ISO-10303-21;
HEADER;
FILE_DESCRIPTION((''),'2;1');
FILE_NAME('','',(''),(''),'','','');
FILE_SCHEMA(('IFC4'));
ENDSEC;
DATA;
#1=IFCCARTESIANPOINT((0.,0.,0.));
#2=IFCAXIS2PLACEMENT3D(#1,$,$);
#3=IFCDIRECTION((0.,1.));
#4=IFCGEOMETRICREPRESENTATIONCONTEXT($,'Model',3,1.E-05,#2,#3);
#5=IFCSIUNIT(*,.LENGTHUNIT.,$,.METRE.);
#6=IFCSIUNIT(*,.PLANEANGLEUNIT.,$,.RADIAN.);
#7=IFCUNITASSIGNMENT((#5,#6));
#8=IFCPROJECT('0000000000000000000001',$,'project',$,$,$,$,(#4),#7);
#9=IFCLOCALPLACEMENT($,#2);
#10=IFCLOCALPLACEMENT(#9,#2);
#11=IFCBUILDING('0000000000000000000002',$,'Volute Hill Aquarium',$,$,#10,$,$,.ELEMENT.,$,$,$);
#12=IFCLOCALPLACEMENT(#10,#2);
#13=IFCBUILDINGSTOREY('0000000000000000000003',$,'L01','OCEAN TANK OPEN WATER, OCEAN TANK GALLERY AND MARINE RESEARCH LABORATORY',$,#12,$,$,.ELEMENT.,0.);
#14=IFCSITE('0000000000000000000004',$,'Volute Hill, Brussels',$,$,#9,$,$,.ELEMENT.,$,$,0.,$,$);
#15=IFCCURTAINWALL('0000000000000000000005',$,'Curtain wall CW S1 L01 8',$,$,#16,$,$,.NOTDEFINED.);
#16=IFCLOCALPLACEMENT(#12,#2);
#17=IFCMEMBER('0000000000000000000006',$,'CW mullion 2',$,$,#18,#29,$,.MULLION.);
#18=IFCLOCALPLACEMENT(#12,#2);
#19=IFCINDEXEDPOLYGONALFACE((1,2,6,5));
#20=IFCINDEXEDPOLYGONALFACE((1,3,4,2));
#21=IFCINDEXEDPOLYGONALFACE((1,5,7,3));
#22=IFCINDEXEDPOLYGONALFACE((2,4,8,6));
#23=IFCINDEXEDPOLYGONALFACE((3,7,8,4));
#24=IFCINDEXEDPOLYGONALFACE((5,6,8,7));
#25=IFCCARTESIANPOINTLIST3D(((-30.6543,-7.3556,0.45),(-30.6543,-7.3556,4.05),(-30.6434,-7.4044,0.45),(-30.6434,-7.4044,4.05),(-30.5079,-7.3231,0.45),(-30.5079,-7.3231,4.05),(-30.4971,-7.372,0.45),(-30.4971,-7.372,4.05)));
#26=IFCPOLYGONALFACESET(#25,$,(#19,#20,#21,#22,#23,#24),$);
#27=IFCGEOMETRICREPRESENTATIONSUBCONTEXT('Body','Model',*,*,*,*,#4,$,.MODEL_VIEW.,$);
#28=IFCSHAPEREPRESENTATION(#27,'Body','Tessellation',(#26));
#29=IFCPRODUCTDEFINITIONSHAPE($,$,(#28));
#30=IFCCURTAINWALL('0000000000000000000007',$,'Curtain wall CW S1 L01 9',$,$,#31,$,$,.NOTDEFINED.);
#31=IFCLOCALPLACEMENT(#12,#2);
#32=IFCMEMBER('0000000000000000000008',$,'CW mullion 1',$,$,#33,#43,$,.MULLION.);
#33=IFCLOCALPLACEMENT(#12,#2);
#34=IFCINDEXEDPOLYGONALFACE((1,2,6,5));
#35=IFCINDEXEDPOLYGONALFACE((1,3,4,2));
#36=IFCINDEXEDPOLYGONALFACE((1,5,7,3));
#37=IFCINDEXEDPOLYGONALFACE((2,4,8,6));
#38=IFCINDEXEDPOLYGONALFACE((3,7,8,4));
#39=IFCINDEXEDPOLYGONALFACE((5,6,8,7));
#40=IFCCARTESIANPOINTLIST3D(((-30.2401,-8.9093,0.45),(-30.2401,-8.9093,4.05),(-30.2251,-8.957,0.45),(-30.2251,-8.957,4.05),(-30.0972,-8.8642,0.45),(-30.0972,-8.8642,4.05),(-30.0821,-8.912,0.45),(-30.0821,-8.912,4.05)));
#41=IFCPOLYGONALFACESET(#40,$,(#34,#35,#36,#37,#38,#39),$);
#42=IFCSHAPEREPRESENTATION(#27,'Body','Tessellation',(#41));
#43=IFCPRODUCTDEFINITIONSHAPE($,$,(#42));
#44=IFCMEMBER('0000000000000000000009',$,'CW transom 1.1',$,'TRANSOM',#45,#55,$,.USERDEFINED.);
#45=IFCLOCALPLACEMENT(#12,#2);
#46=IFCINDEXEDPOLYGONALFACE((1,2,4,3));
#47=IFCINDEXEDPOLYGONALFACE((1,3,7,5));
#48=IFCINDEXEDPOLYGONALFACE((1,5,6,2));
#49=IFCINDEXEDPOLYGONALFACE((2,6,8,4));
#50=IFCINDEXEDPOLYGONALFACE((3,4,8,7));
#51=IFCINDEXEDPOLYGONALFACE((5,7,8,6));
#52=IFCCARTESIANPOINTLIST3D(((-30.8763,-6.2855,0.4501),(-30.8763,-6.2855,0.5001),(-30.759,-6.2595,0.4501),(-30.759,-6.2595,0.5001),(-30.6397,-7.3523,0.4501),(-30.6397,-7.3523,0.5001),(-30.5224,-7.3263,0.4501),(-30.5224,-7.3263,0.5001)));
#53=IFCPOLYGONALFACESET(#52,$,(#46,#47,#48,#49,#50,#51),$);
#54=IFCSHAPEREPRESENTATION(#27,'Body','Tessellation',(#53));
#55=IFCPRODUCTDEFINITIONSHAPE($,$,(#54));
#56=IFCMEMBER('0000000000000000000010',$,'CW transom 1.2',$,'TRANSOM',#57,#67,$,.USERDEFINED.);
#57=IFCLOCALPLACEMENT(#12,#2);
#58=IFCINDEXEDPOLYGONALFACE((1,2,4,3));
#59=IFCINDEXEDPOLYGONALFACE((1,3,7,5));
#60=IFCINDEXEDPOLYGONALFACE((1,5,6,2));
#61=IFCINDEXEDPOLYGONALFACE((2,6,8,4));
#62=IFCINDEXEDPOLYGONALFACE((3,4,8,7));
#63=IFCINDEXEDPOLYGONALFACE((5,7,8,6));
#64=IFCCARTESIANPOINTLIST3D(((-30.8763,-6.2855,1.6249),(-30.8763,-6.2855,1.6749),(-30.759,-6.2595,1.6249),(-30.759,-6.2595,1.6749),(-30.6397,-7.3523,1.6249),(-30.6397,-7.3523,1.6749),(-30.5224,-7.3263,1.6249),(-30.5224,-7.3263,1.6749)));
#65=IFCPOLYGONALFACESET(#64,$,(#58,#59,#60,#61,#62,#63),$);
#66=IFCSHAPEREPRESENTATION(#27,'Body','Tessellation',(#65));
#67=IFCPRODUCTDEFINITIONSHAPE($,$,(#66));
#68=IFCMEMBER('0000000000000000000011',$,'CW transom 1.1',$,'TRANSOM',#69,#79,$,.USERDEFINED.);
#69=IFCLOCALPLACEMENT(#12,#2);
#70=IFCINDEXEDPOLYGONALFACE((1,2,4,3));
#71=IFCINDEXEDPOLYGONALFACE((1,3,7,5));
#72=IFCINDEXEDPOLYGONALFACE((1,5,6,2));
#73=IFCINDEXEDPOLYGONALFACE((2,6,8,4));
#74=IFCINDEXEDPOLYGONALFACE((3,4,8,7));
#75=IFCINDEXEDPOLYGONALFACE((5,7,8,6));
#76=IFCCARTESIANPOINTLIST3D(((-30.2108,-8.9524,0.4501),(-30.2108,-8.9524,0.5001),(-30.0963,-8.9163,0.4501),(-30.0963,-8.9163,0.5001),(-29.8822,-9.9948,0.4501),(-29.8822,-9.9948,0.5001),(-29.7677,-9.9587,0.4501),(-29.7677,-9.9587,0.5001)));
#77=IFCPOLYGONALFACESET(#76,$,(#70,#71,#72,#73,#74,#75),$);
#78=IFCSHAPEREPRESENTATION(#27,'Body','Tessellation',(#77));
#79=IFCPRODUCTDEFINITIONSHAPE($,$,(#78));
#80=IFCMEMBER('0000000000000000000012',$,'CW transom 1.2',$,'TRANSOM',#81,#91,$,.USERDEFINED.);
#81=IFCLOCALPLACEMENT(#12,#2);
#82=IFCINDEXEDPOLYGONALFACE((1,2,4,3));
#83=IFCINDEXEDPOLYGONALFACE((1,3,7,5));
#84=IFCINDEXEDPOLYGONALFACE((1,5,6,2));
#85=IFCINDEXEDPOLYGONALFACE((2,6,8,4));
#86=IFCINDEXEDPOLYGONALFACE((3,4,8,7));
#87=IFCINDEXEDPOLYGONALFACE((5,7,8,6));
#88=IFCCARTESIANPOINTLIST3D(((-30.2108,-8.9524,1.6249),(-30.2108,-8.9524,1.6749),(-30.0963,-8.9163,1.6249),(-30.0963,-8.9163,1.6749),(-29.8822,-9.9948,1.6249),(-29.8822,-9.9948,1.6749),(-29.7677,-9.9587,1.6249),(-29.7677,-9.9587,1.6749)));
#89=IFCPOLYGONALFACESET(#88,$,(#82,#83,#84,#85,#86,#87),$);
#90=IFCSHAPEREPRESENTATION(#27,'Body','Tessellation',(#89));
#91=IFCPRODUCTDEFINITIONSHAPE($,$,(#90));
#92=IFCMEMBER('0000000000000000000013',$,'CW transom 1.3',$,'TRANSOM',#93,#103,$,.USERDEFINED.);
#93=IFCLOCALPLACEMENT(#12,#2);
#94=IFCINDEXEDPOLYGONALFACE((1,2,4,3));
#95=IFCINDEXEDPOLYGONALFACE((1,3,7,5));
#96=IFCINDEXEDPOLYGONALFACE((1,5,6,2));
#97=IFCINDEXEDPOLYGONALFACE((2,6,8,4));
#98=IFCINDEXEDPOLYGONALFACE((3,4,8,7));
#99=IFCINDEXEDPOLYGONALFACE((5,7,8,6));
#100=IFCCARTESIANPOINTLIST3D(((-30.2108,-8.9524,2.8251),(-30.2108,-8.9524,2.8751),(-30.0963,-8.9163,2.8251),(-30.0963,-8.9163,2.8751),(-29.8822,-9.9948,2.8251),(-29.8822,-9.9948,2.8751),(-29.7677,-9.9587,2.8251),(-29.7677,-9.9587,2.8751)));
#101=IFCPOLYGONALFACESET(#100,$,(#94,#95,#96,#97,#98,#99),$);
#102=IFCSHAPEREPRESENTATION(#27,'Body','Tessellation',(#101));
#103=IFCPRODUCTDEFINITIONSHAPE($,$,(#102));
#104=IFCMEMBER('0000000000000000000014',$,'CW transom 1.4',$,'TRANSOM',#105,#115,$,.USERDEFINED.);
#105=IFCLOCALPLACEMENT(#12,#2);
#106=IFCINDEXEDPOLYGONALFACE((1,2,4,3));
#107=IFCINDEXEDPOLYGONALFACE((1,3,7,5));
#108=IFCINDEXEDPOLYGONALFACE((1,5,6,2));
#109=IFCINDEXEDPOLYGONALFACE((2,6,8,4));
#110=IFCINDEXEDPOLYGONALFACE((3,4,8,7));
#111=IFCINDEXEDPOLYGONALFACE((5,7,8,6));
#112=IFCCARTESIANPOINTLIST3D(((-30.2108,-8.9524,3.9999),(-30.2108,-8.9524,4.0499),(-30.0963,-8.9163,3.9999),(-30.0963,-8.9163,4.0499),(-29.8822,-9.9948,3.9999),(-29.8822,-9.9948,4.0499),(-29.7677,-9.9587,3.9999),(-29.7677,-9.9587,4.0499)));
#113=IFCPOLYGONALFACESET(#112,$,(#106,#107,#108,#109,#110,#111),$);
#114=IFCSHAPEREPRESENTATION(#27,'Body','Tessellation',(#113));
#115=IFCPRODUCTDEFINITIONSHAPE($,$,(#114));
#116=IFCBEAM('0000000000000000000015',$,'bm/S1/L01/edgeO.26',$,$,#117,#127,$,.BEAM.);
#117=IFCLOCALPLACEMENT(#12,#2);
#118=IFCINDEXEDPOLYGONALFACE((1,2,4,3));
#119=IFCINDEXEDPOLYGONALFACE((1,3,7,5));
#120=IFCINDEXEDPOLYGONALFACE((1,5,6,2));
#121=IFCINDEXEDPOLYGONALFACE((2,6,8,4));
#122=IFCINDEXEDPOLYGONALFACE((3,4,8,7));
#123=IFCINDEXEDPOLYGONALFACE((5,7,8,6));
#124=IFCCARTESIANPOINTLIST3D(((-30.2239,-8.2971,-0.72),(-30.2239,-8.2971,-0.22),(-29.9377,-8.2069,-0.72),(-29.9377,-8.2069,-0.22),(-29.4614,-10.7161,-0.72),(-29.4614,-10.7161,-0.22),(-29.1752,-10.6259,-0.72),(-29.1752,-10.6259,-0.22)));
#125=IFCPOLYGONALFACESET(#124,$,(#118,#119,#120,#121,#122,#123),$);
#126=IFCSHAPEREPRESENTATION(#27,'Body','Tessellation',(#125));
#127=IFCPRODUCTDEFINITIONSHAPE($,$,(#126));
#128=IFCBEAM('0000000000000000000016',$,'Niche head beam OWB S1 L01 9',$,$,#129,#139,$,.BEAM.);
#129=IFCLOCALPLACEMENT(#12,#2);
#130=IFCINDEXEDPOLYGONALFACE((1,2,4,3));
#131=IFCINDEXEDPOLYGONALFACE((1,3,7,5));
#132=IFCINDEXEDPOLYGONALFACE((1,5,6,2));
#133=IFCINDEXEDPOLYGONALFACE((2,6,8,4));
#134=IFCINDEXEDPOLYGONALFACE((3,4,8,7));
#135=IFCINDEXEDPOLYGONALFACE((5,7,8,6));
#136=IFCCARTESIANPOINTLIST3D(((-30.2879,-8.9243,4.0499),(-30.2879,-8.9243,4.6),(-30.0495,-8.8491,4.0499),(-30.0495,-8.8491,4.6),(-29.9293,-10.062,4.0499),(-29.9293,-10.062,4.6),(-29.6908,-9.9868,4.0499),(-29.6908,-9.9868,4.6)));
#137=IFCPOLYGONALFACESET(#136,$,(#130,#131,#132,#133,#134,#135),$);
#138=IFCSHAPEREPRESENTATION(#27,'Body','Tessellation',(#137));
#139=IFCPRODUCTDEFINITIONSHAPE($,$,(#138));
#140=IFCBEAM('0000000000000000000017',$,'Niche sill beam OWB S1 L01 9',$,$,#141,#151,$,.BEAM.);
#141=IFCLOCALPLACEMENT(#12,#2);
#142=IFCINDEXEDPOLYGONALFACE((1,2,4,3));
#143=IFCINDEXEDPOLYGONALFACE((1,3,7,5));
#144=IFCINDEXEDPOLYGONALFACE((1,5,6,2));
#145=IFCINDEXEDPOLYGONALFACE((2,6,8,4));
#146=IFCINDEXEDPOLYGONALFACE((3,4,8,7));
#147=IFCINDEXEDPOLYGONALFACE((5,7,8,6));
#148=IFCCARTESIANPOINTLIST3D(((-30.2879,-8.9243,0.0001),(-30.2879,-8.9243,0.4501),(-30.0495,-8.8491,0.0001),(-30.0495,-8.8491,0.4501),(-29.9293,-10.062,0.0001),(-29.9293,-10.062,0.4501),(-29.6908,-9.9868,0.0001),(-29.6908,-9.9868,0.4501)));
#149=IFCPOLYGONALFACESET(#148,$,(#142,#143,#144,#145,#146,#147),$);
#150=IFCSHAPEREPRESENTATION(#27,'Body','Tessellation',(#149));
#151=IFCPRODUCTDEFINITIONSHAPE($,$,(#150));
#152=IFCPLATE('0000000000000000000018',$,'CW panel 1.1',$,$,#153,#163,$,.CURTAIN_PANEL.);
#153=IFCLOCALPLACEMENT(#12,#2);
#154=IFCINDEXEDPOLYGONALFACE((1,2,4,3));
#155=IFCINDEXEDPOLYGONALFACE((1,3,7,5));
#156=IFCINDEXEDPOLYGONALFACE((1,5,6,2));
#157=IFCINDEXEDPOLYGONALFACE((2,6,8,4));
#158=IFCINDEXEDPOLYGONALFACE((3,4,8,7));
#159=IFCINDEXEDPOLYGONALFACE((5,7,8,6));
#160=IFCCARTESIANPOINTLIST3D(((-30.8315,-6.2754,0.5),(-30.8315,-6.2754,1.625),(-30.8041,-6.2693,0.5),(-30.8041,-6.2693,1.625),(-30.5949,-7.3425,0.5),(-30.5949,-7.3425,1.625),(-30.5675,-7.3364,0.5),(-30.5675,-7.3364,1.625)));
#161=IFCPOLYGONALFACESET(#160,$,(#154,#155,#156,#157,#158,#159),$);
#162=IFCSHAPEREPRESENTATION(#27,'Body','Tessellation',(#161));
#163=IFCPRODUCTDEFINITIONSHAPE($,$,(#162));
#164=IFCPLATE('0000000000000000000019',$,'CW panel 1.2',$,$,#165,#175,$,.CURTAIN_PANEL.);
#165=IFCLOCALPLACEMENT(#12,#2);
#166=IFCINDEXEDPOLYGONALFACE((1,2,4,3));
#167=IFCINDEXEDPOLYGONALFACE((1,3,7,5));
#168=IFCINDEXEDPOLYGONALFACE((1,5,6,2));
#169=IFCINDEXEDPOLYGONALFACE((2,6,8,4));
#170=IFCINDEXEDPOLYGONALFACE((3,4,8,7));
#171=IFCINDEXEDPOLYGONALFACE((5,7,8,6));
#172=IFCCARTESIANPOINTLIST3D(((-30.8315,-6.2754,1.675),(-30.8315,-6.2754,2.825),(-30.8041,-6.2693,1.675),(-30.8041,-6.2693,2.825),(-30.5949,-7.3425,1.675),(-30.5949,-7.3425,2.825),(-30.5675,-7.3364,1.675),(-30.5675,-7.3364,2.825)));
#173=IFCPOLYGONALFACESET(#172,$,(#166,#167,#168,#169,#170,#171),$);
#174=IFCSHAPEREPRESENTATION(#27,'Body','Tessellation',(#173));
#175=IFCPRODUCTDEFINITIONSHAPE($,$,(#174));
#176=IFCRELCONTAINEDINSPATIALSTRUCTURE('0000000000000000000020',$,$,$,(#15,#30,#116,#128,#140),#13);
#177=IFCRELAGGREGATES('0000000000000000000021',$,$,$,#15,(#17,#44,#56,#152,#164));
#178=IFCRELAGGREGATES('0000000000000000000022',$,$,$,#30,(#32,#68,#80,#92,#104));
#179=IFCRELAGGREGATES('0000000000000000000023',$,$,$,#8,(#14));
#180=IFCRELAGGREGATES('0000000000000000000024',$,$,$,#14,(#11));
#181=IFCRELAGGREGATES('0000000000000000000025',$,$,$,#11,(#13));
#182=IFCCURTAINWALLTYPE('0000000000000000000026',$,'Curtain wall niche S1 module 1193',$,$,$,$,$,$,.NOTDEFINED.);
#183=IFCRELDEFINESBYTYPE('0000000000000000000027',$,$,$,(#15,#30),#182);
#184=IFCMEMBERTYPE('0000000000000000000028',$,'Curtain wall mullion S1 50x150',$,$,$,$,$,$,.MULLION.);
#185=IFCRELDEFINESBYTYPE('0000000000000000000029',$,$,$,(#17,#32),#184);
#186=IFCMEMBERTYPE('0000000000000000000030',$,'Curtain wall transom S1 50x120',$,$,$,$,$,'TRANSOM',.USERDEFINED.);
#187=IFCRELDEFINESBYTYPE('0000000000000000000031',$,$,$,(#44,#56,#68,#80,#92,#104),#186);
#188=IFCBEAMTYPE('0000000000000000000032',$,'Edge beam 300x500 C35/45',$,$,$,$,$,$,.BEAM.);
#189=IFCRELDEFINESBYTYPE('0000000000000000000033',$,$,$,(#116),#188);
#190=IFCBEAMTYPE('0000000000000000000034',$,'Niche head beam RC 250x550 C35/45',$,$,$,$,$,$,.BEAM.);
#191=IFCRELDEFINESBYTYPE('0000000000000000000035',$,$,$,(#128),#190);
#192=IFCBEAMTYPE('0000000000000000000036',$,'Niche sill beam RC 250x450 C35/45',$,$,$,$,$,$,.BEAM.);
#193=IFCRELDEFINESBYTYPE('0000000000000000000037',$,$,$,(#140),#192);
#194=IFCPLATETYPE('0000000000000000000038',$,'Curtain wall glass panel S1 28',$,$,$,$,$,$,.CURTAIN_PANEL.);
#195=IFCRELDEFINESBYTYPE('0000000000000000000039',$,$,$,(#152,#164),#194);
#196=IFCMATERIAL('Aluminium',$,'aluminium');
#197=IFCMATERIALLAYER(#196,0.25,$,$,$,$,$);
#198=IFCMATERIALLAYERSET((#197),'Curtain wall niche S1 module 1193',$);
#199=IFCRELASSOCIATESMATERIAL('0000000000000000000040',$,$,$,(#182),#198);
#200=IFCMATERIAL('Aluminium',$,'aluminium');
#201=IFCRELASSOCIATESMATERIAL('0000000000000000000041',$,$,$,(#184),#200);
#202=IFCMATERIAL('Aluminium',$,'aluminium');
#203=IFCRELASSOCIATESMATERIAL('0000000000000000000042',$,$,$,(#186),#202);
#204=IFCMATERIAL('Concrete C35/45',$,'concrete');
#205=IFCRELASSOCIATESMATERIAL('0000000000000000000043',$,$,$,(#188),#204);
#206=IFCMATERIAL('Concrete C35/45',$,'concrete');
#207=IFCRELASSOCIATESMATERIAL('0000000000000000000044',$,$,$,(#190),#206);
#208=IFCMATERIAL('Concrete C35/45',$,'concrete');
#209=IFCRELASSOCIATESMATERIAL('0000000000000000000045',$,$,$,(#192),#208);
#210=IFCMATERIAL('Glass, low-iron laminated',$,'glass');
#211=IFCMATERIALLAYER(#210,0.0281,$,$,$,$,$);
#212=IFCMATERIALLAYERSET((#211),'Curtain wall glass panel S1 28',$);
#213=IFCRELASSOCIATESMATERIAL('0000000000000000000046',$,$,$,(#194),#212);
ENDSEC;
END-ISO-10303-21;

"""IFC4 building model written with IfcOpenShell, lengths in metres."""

from ifc_helpers import new_model, si_unit, direction, frame, origin, origin_2d, place, context, subcontext, project, spatial, rectangle, extrude, material, layer, layer_set, material_profile, profile_set, type_object, element, aggregate, save


model = new_model("IFC4")

# Units and contexts
model_context = context("Model", 3, precision=1e-05, world=origin(), true_north=direction((0.0, 1.0)))
body_context = subcontext(model_context, "Body", "Model", "MODEL_VIEW")
ifc_project = project(units=[si_unit("LENGTHUNIT", "METRE"), si_unit("PLANEANGLEUNIT", "RADIAN")], contexts=[model_context])

# Site, building, storey
site_placement = place(None, origin())
site = spatial("IfcSite", under=ifc_project, at=site_placement, Name="Volute Hill, Brussels", CompositionType="ELEMENT", RefElevation=0.0)
building_placement = place(site_placement, origin())
building = spatial("IfcBuilding", under=site, at=building_placement, Name="Volute Hill Aquarium", CompositionType="ELEMENT")
storey_placement = place(building_placement, origin())
storey = spatial("IfcBuildingStorey", under=building, at=storey_placement, Name="L01", Description="OCEAN TANK OPEN WATER, OCEAN TANK GALLERY AND MARINE RESEARCH LABORATORY", CompositionType="ELEMENT", Elevation=0.0)

# Curtain walls, members
ifc_material_1 = material(Name="Aluminium", Category="aluminium")
ifc_layer_1 = layer(ifc_material_1, 0.25)
ifc_layer_set_1 = layer_set([ifc_layer_1], Name="Curtain wall niche S1 module 1193")
curtain_wall_type = type_object("IfcCurtainWallType", Name="Curtain wall niche S1 module 1193", PredefinedType="NOTDEFINED", material=ifc_layer_set_1)
curtain_wall_1_placement = place(storey_placement, origin())
curtain_wall_1 = element("IfcCurtainWall", 1, at=curtain_wall_1_placement, inside=storey, type_object=curtain_wall_type, Name="Curtain wall CW S1 L01 8", PredefinedType="NOTDEFINED")
ifc_material_2 = material(Name="Aluminium", Category="aluminium")
ifc_material_profile_1 = material_profile(ifc_material_2, rectangle(XDim=0.1499, YDim=0.05, at=origin_2d()), Name="Curtain wall mullion S1 50x150")
ifc_profile_set_1 = profile_set([ifc_material_profile_1], Name="Aluminium")
member_type_1 = type_object("IfcMemberType", Name="Curtain wall mullion S1 50x150", PredefinedType="MULLION", material=ifc_profile_set_1)
member_1_placement = place(storey_placement, frame((-30.5757, -7.3638, 0.45), z_axis=(0.0, 0.0, 1.0), x_axis=(0.976292, 0.216456, 0.0)))
member_1 = element("IfcMember", 2, at=member_1_placement, type_object=member_type_1, Name="CW mullion 2", PredefinedType="MULLION", context=body_context, shape_type="SweptSolid", body=[
    extrude(rectangle(XDim=0.1499, YDim=0.05, at=origin_2d()), origin(), (0.0, 0.0, 1.0), 3.6001),
])
curtain_wall_2_placement = place(storey_placement, origin())
curtain_wall_2 = element("IfcCurtainWall", 3, at=curtain_wall_2_placement, inside=storey, type_object=curtain_wall_type, Name="Curtain wall CW S1 L01 9", PredefinedType="NOTDEFINED")
member_2_placement = place(storey_placement, frame((-30.1611, -8.9106, 0.45), z_axis=(0.0, 0.0, 1.0), x_axis=(0.953719, 0.3007, 0.0)))
member_2 = element("IfcMember", 4, at=member_2_placement, type_object=member_type_1, Name="CW mullion 1", PredefinedType="MULLION", context=body_context, shape_type="SweptSolid", body=[
    extrude(rectangle(XDim=0.1499, YDim=0.05, at=origin_2d()), origin(), (0.0, 0.0, 1.0), 3.6001),
])

# Members
ifc_material_3 = material(Name="Aluminium", Category="aluminium")
ifc_material_profile_2 = material_profile(ifc_material_3, rectangle(XDim=0.1201, YDim=0.05, at=origin_2d()), Name="Curtain wall transom S1 50x120")
ifc_profile_set_2 = profile_set([ifc_material_profile_2], Name="Aluminium")
member_type_2 = type_object("IfcMemberType", Name="Curtain wall transom S1 50x120", ElementType="TRANSOM", PredefinedType="USERDEFINED", material=ifc_profile_set_2)
member_3_placement = place(storey_placement, frame((-30.8176, -6.2725, 0.4751), z_axis=(0.216481, -0.976287, 0.0), x_axis=(0.976287, 0.216481, 0.0)))
member_3 = element("IfcMember", 5, at=member_3_placement, type_object=member_type_2, Name="CW transom 1.1", ObjectType="TRANSOM", PredefinedType="USERDEFINED", context=body_context, shape_type="SweptSolid", body=[
    extrude(rectangle(XDim=0.1201, YDim=0.05, at=origin_2d()), origin(), (0.0, 0.0, 1.0), 1.0928),
])
member_4_placement = place(storey_placement, frame((-30.8176, -6.2725, 1.6499), z_axis=(0.216481, -0.976287, 0.0), x_axis=(0.976287, 0.216481, 0.0)))
member_4 = element("IfcMember", 6, at=member_4_placement, type_object=member_type_2, Name="CW transom 1.2", ObjectType="TRANSOM", PredefinedType="USERDEFINED", context=body_context, shape_type="SweptSolid", body=[
    extrude(rectangle(XDim=0.1201, YDim=0.05, at=origin_2d()), origin(), (0.0, 0.0, 1.0), 1.0928),
])
member_5_placement = place(storey_placement, frame((-30.1536, -8.9343, 0.4751), z_axis=(0.30064, -0.953738, 0.0), x_axis=(0.953738, 0.30064, 0.0)))
member_5 = element("IfcMember", 7, at=member_5_placement, type_object=member_type_2, Name="CW transom 1.1", ObjectType="TRANSOM", PredefinedType="USERDEFINED", context=body_context, shape_type="SweptSolid", body=[
    extrude(rectangle(XDim=0.1201, YDim=0.05, at=origin_2d()), origin(), (0.0, 0.0, 1.0), 1.093),
])
member_6_placement = place(storey_placement, frame((-30.1536, -8.9343, 1.6499), z_axis=(0.30064, -0.953738, 0.0), x_axis=(0.953738, 0.30064, 0.0)))
member_6 = element("IfcMember", 8, at=member_6_placement, type_object=member_type_2, Name="CW transom 1.2", ObjectType="TRANSOM", PredefinedType="USERDEFINED", context=body_context, shape_type="SweptSolid", body=[
    extrude(rectangle(XDim=0.1201, YDim=0.05, at=origin_2d()), origin(), (0.0, 0.0, 1.0), 1.093),
])
member_7_placement = place(storey_placement, frame((-30.1536, -8.9343, 2.8501), z_axis=(0.30064, -0.953738, 0.0), x_axis=(0.953738, 0.30064, 0.0)))
member_7 = element("IfcMember", 9, at=member_7_placement, type_object=member_type_2, Name="CW transom 1.3", ObjectType="TRANSOM", PredefinedType="USERDEFINED", context=body_context, shape_type="SweptSolid", body=[
    extrude(rectangle(XDim=0.1201, YDim=0.05, at=origin_2d()), origin(), (0.0, 0.0, 1.0), 1.093),
])
member_8_placement = place(storey_placement, frame((-30.1536, -8.9343, 4.0249), z_axis=(0.30064, -0.953738, 0.0), x_axis=(0.953738, 0.30064, 0.0)))
member_8 = element("IfcMember", 10, at=member_8_placement, type_object=member_type_2, Name="CW transom 1.4", ObjectType="TRANSOM", PredefinedType="USERDEFINED", context=body_context, shape_type="SweptSolid", body=[
    extrude(rectangle(XDim=0.1201, YDim=0.05, at=origin_2d()), origin(), (0.0, 0.0, 1.0), 1.093),
])

# Beams
ifc_material_4 = material(Name="Concrete C35/45", Category="concrete")
ifc_material_profile_3 = material_profile(ifc_material_4, rectangle(XDim=0.3, YDim=0.5, at=origin_2d()), Name="RC edge beam 300x500")
ifc_profile_set_3 = profile_set([ifc_material_profile_3], Name="Concrete C35/45")
beam_type_1 = type_object("IfcBeamType", Name="Edge beam 300x500 C35/45", PredefinedType="BEAM", material=ifc_profile_set_3)
beam_1_placement = place(storey_placement, frame((-30.0808, -8.252, -0.47), z_axis=(0.30062, -0.953744, 0.0), x_axis=(0.953744, 0.30062, 0.0)))
element("IfcBeam", 11, at=beam_1_placement, inside=storey, type_object=beam_type_1, Name="bm/S1/L01/edgeO.26", PredefinedType="BEAM", context=body_context, shape_type="SweptSolid", body=[
    extrude(rectangle(XDim=0.3, YDim=0.5, at=origin_2d()), origin(), (0.0, 0.0, 1.0), 2.5364),
])
ifc_material_5 = material(Name="Concrete C35/45", Category="concrete")
ifc_material_profile_4 = material_profile(ifc_material_5, rectangle(XDim=0.25, YDim=0.55, at=origin_2d()), Name="RC beam 250x550")
ifc_profile_set_4 = profile_set([ifc_material_profile_4], Name="Concrete C35/45")
beam_type_2 = type_object("IfcBeamType", Name="Niche head beam RC 250x550 C35/45", PredefinedType="BEAM", material=ifc_profile_set_4)
beam_2_placement = place(storey_placement, frame((-30.1687, -8.8867, 4.325), z_axis=(0.300651, -0.953734, 0.0), x_axis=(0.953734, 0.300651, 0.0)))
element("IfcBeam", 12, at=beam_2_placement, inside=storey, type_object=beam_type_2, Name="Niche head beam OWB S1 L01 9", PredefinedType="BEAM", context=body_context, shape_type="SweptSolid", body=[
    extrude(rectangle(XDim=0.25, YDim=0.55, at=origin_2d()), origin(), (0.0, 0.0, 1.0), 1.1929),
])
ifc_material_6 = material(Name="Concrete C35/45", Category="concrete")
ifc_material_profile_5 = material_profile(ifc_material_6, rectangle(XDim=0.25, YDim=0.45, at=origin_2d()), Name="RC beam 250x450")
ifc_profile_set_5 = profile_set([ifc_material_profile_5], Name="Concrete C35/45")
beam_type_3 = type_object("IfcBeamType", Name="Niche sill beam RC 250x450 C35/45", PredefinedType="BEAM", material=ifc_profile_set_5)
beam_3_placement = place(storey_placement, frame((-30.1687, -8.8867, 0.2251), z_axis=(0.300651, -0.953734, 0.0), x_axis=(0.953734, 0.300651, 0.0)))
element("IfcBeam", 13, at=beam_3_placement, inside=storey, type_object=beam_type_3, Name="Niche sill beam OWB S1 L01 9", PredefinedType="BEAM", context=body_context, shape_type="SweptSolid", body=[
    extrude(rectangle(XDim=0.25, YDim=0.45, at=origin_2d()), origin(), (0.0, 0.0, 1.0), 1.1929),
])

# Plates
ifc_material_7 = material(Name="Glass, low-iron laminated", Category="glass")
ifc_layer_2 = layer(ifc_material_7, 0.0281)
ifc_layer_set_2 = layer_set([ifc_layer_2], Name="Curtain wall glass panel S1 28")
plate_type_1 = type_object("IfcPlateType", Name="Curtain wall glass panel S1 28", PredefinedType="CURTAIN_PANEL", material=ifc_layer_set_2)
plate_1_placement = place(storey_placement, frame((-30.6995, -6.8059, 0.5), z_axis=(0.0, 0.0, 1.0), x_axis=(0.216456, -0.976292, 0.0)))
plate_1 = element("IfcPlate", 14, at=plate_1_placement, type_object=plate_type_1, Name="CW panel 1.1", PredefinedType="CURTAIN_PANEL", context=body_context, shape_type="SweptSolid", body=[
    extrude(rectangle(XDim=1.093, YDim=0.0281, at=origin_2d()), origin(), (0.0, 0.0, 1.0), 1.125),
])
plate_2_placement = place(storey_placement, frame((-30.6995, -6.8059, 1.675), z_axis=(0.0, 0.0, 1.0), x_axis=(0.216456, -0.976292, 0.0)))
plate_2 = element("IfcPlate", 15, at=plate_2_placement, type_object=plate_type_1, Name="CW panel 1.2", PredefinedType="CURTAIN_PANEL", context=body_context, shape_type="SweptSolid", body=[
    extrude(rectangle(XDim=1.093, YDim=0.0281, at=origin_2d()), origin(), (0.0, 0.0, 1.0), 1.1499),
])
aggregate(curtain_wall_1, [member_1, member_3, member_4, plate_1, plate_2])
aggregate(curtain_wall_2, [member_2, member_5, member_6, member_7, member_8])

save(model, "model.ifc")
